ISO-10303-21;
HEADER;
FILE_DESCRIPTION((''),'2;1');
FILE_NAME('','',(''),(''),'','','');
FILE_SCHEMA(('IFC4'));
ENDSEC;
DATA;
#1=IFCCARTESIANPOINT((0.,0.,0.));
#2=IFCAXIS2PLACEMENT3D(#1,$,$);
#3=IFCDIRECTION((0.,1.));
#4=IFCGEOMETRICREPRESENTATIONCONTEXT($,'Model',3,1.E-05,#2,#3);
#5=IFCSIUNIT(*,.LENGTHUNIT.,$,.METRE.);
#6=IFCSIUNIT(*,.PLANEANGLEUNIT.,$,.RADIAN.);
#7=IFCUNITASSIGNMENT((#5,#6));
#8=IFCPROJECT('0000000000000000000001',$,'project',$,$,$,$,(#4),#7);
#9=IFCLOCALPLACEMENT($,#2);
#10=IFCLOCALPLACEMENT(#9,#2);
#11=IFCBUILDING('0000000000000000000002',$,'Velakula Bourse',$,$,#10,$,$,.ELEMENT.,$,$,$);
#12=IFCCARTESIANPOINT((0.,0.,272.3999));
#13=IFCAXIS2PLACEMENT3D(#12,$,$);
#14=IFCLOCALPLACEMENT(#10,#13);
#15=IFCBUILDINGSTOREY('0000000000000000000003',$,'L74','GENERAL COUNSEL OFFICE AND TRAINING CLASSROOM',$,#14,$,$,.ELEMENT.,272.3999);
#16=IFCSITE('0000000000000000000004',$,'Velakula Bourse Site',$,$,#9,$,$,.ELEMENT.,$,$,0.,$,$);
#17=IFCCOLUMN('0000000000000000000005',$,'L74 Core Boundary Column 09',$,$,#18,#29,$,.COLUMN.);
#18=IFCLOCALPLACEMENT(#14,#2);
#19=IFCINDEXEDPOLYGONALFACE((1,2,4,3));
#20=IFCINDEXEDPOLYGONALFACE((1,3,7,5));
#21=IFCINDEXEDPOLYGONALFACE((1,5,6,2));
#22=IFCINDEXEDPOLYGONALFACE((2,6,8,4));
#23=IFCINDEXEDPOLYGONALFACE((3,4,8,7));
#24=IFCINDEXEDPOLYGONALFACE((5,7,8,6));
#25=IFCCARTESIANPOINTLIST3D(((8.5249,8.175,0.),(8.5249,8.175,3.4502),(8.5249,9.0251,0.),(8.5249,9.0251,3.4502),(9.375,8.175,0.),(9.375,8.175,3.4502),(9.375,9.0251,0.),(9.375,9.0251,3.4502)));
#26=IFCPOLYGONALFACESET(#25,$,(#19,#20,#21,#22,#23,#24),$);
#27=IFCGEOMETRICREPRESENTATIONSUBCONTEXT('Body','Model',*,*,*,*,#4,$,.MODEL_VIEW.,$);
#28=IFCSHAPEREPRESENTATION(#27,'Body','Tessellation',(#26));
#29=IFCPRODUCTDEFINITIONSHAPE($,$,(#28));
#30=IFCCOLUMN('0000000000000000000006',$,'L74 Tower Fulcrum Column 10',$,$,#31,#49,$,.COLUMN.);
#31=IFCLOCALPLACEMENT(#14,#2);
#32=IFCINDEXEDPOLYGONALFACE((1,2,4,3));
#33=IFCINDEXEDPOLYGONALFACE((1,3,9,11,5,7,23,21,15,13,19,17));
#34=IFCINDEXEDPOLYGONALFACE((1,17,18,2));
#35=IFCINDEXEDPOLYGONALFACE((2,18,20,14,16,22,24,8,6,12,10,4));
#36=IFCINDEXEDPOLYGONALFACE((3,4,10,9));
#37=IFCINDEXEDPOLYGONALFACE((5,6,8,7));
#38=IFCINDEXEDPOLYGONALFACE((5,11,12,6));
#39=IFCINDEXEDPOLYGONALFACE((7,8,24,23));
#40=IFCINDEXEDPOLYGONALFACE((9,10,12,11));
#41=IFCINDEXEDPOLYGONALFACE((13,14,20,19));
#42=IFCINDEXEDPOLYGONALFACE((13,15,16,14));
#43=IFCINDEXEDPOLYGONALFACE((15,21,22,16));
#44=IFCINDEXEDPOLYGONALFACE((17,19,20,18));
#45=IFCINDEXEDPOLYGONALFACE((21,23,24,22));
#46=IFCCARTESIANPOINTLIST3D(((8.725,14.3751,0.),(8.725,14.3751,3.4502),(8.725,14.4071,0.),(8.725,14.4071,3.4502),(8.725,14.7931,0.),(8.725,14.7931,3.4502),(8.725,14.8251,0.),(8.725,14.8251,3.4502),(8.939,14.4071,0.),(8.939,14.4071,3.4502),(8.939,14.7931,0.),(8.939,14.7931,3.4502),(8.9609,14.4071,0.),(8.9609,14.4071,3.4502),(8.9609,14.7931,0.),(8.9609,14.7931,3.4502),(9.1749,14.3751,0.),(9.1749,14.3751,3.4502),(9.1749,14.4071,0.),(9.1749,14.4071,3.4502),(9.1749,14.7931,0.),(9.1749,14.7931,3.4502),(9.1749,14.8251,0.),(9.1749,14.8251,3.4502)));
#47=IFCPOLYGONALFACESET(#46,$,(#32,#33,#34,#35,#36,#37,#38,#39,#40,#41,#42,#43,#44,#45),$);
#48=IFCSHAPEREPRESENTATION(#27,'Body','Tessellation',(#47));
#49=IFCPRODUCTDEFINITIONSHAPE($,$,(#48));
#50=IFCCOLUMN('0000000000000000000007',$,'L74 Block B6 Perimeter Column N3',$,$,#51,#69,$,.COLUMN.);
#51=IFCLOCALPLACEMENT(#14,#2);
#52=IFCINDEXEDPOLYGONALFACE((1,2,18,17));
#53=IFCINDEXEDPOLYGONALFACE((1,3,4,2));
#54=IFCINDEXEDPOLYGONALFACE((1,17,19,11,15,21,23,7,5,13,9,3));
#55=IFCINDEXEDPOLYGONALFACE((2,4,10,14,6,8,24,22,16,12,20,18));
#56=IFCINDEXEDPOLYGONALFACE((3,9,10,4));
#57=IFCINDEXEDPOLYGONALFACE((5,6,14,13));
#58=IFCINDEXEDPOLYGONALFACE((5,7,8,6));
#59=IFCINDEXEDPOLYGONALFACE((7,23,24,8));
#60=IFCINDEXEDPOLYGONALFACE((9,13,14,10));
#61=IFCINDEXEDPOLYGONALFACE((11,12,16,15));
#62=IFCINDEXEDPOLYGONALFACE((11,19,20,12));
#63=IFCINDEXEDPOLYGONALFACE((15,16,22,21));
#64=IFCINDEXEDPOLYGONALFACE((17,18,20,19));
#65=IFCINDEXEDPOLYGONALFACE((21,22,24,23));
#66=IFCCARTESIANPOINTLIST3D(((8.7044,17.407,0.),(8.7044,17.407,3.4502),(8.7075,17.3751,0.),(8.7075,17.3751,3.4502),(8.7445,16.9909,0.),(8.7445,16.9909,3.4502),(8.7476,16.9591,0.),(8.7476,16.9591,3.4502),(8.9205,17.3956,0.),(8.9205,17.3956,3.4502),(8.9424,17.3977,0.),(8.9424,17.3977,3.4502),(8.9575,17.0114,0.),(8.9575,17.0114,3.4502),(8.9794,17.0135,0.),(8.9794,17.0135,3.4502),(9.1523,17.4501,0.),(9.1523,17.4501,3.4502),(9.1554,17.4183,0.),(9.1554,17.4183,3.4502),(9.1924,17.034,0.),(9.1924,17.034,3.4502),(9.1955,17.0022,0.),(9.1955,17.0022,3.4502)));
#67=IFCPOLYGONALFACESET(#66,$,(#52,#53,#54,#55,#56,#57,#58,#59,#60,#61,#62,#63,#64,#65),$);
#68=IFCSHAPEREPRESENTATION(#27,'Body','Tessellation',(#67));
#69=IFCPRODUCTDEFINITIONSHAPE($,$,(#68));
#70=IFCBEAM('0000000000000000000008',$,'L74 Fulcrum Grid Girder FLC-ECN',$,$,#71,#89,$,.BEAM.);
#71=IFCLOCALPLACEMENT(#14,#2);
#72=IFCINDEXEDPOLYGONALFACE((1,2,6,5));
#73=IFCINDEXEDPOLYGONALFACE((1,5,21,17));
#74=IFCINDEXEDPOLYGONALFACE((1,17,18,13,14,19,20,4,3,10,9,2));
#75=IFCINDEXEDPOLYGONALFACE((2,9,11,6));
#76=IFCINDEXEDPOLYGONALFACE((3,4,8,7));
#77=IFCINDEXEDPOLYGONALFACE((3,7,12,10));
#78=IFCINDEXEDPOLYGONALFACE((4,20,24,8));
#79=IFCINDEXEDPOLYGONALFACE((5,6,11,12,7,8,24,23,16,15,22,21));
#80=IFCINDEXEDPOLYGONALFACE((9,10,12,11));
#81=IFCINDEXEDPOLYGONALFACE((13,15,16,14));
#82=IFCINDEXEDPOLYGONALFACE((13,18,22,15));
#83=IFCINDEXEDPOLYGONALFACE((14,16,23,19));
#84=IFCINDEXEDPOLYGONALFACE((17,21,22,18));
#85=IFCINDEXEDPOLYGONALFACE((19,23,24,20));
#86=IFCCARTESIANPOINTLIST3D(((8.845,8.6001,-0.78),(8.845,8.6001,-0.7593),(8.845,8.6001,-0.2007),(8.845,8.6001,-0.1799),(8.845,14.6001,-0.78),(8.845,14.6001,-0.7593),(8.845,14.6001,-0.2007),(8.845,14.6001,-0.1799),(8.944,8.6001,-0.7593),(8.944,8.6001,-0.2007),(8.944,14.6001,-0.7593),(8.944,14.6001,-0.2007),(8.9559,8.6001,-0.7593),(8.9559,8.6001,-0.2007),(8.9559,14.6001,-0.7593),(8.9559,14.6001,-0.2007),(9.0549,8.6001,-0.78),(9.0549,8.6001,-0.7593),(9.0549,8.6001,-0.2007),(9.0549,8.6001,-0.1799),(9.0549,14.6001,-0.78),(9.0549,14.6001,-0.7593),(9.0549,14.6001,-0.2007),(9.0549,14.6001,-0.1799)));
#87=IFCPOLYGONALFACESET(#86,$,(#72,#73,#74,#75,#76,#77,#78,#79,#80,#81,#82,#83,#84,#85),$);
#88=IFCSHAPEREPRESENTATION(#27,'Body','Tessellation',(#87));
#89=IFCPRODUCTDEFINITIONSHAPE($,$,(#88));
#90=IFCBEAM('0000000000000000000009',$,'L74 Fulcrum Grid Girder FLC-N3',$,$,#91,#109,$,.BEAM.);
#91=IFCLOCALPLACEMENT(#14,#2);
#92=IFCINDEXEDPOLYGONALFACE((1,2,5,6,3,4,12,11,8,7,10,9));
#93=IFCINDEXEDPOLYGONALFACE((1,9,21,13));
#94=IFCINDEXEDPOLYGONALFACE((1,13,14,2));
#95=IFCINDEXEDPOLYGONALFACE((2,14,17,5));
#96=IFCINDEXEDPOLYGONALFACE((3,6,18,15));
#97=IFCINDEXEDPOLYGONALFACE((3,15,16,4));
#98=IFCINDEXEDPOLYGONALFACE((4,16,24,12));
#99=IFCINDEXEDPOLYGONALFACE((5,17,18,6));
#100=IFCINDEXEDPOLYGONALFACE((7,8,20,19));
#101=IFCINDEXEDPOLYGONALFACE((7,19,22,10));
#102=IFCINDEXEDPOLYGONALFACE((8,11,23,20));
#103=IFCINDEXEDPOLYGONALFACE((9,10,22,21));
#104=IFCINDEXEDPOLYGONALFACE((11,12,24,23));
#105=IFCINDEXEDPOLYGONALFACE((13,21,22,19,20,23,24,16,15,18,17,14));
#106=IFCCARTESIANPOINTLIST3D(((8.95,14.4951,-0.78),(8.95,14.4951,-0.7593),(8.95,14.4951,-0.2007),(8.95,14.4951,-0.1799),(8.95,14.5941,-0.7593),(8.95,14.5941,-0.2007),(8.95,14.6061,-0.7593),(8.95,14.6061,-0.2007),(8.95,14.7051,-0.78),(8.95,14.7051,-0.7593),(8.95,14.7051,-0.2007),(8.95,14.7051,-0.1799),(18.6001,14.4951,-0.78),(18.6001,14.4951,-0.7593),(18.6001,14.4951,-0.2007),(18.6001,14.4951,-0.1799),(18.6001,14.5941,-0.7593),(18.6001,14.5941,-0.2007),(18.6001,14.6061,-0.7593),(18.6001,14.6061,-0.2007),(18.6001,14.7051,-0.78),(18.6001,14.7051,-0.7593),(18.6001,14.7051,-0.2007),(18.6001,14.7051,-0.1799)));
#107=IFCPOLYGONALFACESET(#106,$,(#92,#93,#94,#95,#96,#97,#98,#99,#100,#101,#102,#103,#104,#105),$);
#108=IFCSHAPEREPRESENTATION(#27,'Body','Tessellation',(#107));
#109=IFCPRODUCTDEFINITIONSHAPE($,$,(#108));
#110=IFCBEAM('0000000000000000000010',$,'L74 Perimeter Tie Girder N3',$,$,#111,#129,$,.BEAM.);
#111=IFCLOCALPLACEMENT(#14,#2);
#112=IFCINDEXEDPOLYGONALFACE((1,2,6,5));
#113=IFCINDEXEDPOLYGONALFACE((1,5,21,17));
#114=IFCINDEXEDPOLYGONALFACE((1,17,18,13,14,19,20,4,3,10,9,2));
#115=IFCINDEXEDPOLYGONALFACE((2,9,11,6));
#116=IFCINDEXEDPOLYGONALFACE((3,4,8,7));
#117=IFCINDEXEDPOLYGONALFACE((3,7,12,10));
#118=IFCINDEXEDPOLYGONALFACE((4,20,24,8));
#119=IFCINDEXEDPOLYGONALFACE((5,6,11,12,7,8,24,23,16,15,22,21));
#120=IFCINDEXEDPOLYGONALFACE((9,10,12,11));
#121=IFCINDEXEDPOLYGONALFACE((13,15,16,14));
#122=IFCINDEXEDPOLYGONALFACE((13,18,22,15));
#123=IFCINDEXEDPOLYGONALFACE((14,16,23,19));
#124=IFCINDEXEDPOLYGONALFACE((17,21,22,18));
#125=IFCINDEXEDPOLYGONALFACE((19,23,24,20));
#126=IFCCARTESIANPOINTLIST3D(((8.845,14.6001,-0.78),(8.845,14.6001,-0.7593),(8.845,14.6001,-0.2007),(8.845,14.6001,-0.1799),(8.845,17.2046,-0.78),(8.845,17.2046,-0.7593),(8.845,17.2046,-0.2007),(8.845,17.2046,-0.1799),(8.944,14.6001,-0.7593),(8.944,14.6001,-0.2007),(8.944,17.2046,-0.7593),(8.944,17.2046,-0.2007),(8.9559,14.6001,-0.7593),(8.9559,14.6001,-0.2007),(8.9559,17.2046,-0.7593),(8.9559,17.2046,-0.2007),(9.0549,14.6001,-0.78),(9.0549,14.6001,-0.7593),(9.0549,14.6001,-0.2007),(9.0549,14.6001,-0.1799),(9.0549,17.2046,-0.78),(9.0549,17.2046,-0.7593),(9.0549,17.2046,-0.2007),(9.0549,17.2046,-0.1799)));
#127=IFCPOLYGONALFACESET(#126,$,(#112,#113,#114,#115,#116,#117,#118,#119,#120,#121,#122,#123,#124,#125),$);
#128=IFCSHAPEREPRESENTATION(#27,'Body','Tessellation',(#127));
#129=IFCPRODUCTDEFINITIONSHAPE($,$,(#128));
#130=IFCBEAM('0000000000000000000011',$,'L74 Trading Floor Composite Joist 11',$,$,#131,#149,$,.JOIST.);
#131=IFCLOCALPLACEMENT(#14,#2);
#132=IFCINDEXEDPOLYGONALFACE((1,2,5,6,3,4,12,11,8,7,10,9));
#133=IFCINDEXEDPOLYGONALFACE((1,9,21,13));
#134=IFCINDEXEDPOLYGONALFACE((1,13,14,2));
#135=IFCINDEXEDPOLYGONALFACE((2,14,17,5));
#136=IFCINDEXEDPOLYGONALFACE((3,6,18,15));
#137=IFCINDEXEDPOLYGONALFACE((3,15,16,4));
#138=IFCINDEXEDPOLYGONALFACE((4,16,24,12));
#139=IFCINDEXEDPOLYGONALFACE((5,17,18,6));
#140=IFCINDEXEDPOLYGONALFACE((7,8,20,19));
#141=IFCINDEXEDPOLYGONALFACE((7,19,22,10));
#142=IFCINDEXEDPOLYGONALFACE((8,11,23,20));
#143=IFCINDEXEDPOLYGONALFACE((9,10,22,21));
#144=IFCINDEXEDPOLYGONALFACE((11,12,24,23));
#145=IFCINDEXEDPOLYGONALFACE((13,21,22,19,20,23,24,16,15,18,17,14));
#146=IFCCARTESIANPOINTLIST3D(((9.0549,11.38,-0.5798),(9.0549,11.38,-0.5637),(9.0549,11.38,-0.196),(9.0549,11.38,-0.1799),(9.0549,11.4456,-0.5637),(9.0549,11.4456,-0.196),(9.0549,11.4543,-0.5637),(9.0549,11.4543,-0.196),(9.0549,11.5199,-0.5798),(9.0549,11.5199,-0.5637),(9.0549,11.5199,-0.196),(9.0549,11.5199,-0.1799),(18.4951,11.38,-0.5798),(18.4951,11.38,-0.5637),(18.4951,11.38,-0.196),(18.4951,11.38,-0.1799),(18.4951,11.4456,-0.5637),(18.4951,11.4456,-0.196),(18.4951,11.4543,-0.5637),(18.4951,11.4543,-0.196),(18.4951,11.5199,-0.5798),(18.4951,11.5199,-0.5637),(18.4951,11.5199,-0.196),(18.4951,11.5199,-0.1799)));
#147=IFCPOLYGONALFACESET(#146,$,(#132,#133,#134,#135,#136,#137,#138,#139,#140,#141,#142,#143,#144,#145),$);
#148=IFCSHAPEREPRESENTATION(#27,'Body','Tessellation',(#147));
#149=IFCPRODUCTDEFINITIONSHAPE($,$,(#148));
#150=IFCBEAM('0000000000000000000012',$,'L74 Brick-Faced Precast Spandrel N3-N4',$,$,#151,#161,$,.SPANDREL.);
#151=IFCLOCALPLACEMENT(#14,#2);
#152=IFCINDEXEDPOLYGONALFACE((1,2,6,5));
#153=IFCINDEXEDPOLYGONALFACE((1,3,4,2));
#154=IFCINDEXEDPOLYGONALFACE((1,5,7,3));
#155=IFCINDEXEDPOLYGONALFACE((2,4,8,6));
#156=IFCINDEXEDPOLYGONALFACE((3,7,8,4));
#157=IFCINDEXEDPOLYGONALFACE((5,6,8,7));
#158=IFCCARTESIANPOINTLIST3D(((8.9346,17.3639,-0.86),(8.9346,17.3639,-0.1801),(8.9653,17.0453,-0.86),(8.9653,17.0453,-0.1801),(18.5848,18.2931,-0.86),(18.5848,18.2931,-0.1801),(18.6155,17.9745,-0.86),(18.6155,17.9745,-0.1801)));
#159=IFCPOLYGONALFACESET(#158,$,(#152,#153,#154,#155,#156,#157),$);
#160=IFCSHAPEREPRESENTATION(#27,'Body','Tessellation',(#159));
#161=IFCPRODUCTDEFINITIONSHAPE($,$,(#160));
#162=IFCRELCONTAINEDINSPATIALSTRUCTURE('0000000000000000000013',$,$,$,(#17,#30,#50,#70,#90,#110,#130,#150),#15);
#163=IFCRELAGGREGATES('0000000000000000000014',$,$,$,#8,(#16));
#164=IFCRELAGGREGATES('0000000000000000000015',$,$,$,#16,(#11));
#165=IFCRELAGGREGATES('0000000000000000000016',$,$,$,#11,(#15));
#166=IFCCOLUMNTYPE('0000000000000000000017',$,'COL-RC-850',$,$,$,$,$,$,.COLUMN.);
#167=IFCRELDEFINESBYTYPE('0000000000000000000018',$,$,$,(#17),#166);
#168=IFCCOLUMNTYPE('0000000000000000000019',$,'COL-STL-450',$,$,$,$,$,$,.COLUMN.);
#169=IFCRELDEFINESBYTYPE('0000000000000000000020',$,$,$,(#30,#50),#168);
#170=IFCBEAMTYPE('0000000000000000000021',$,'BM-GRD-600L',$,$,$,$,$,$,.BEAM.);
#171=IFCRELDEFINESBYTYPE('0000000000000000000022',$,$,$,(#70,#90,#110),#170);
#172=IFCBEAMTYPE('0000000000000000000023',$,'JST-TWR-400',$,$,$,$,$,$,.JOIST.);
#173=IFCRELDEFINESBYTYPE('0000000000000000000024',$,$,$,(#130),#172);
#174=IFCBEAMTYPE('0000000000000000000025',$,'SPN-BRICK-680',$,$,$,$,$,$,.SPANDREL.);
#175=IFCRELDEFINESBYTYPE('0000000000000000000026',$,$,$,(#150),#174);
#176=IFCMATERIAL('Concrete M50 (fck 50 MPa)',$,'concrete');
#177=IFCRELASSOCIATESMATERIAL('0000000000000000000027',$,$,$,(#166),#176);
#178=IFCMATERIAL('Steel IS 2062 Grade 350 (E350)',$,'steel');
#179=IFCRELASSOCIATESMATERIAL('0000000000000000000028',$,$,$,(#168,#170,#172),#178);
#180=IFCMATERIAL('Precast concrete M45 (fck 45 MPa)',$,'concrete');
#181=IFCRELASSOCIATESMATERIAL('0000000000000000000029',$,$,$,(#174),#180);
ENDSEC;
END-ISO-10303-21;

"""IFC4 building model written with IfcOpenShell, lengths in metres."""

from ifc_helpers import new_model, si_unit, direction, frame, origin, origin_2d, place, context, subcontext, project, spatial, rectangle, i_section, extrude, material, material_profile, profile_set, type_object, element, save


model = new_model("IFC4")

# Units and contexts
model_context = context("Model", 3, precision=1e-05, world=origin(), true_north=direction((0.0, 1.0)))
body_context = subcontext(model_context, "Body", "Model", "MODEL_VIEW")
ifc_project = project(units=[si_unit("LENGTHUNIT", "METRE"), si_unit("PLANEANGLEUNIT", "RADIAN")], contexts=[model_context])

# Site, building, storey
site_placement = place(None, origin())
site = spatial("IfcSite", under=ifc_project, at=site_placement, Name="Velakula Bourse Site", CompositionType="ELEMENT", RefElevation=0.0)
building_placement = place(site_placement, origin())
building = spatial("IfcBuilding", under=site, at=building_placement, Name="Velakula Bourse", CompositionType="ELEMENT")
storey_placement = place(building_placement, frame((0.0, 0.0, 272.3999)))
storey = spatial("IfcBuildingStorey", under=building, at=storey_placement, Name="L74", Description="GENERAL COUNSEL OFFICE AND TRAINING CLASSROOM", CompositionType="ELEMENT", Elevation=272.3999)

# Columns
ifc_material_1 = material(Name="Concrete M50 (fck 50 MPa)", Category="concrete")
ifc_material_profile_1 = material_profile(ifc_material_1, rectangle(XDim=0.8501, YDim=0.8501, at=origin_2d()), Name="Concrete M50 (fck 50 MPa)")
ifc_profile_set_1 = profile_set([ifc_material_profile_1], Name="Concrete M50 (fck 50 MPa)")
column_type_1 = type_object("IfcColumnType", Name="COL-RC-850", PredefinedType="COLUMN", material=ifc_profile_set_1)
column_placement = place(storey_placement, frame((8.95, 8.6001, 0.0), z_axis=(0.0, 0.0, 1.0), x_axis=(1.0, 0.0, 0.0)))
element("IfcColumn", 1, at=column_placement, inside=storey, type_object=column_type_1, Name="L74 Core Boundary Column 09", PredefinedType="COLUMN", context=body_context, shape_type="SweptSolid", body=[
    extrude(rectangle(XDim=0.8501, YDim=0.8501, at=origin_2d()), origin(), (0.0, 0.0, 1.0), 3.4502),
])
ifc_material_2 = material(Name="Steel IS 2062 Grade 350 (E350)", Category="steel")
ifc_material_profile_2 = material_profile(ifc_material_2, i_section(OverallWidth=0.45, OverallDepth=0.45, WebThickness=0.022, FlangeThickness=0.032, at=origin_2d()), Name="Steel IS 2062 Grade 350 (E350)")
ifc_profile_set_2 = profile_set([ifc_material_profile_2], Name="Steel IS 2062 Grade 350 (E350)")
column_type_2 = type_object("IfcColumnType", Name="COL-STL-450", PredefinedType="COLUMN", material=ifc_profile_set_2)
for number, where, z_axis, x_axis, name in (
    (2, (8.95, 14.6001, 0.0), (0.0, 0.0, 1.0), (1.0, 0.0, 0.0), "L74 Tower Fulcrum Column 10"),
    (3, (8.95, 17.2046, 0.0), (0.0, 0.0, 1.0), (0.995396, 0.095846, 0.0), "L74 Block B6 Perimeter Column N3"),
):
    element("IfcColumn", number, at=place(storey_placement, frame(where, z_axis=z_axis, x_axis=x_axis)), inside=storey, type_object=column_type_2, Name=name, PredefinedType="COLUMN", context=body_context, shape_type="SweptSolid", body=[
        extrude(i_section(OverallWidth=0.45, OverallDepth=0.45, WebThickness=0.022, FlangeThickness=0.032, at=origin_2d()), origin(), (0.0, 0.0, 1.0), 3.4502),
    ])

# Beams
ifc_material_profile_3 = material_profile(ifc_material_2, i_section(OverallWidth=0.21, OverallDepth=0.6001, WebThickness=0.012, FlangeThickness=0.0208, at=origin_2d()), Name="Steel IS 2062 Grade 350 (E350)")
ifc_profile_set_3 = profile_set([ifc_material_profile_3], Name="Steel IS 2062 Grade 350 (E350)")
beam_type_1 = type_object("IfcBeamType", Name="BM-GRD-600L", PredefinedType="BEAM", material=ifc_profile_set_3)
beam_1_placement = place(storey_placement, frame((8.95, 8.6001, -0.48), z_axis=(0.0, 1.0, 0.0), x_axis=(-1.0, 0.0, 0.0)))
element("IfcBeam", 4, at=beam_1_placement, inside=storey, type_object=beam_type_1, Name="L74 Fulcrum Grid Girder FLC-ECN", PredefinedType="BEAM", context=body_context, shape_type="SweptSolid", body=[
    extrude(i_section(OverallWidth=0.21, OverallDepth=0.6001, WebThickness=0.012, FlangeThickness=0.0208, at=origin_2d()), origin(), (0.0, 0.0, 1.0), 6.0),
])
beam_2_placement = place(storey_placement, frame((8.95, 14.6001, -0.48), z_axis=(1.0, 0.0, 0.0), x_axis=(0.0, 1.0, 0.0)))
element("IfcBeam", 5, at=beam_2_placement, inside=storey, type_object=beam_type_1, Name="L74 Fulcrum Grid Girder FLC-N3", PredefinedType="BEAM", context=body_context, shape_type="SweptSolid", body=[
    extrude(i_section(OverallWidth=0.21, OverallDepth=0.6001, WebThickness=0.012, FlangeThickness=0.0208, at=origin_2d()), origin(), (0.0, 0.0, 1.0), 9.6501),
])
beam_3_placement = place(storey_placement, frame((8.95, 14.6001, -0.48), z_axis=(0.0, 1.0, 0.0), x_axis=(-1.0, 0.0, 0.0)))
element("IfcBeam", 6, at=beam_3_placement, inside=storey, type_object=beam_type_1, Name="L74 Perimeter Tie Girder N3", PredefinedType="BEAM", context=body_context, shape_type="SweptSolid", body=[
    extrude(i_section(OverallWidth=0.21, OverallDepth=0.6001, WebThickness=0.012, FlangeThickness=0.0208, at=origin_2d()), origin(), (0.0, 0.0, 1.0), 2.6045),
])
ifc_material_profile_4 = material_profile(ifc_material_2, i_section(OverallWidth=0.1399, OverallDepth=0.3999, WebThickness=0.0088, FlangeThickness=0.0161, at=origin_2d()), Name="Steel IS 2062 Grade 350 (E350)")
ifc_profile_set_4 = profile_set([ifc_material_profile_4], Name="Steel IS 2062 Grade 350 (E350)")
beam_type_2 = type_object("IfcBeamType", Name="JST-TWR-400", PredefinedType="JOIST", material=ifc_profile_set_4)
beam_4_placement = place(storey_placement, frame((9.0549, 11.45, -0.3799), z_axis=(1.0, 0.0, 0.0), x_axis=(0.0, 1.0, 0.0)))
element("IfcBeam", 7, at=beam_4_placement, inside=storey, type_object=beam_type_2, Name="L74 Trading Floor Composite Joist 11", PredefinedType="JOIST", context=body_context, shape_type="SweptSolid", body=[
    extrude(i_section(OverallWidth=0.1399, OverallDepth=0.3999, WebThickness=0.0088, FlangeThickness=0.0161, at=origin_2d()), origin(), (0.0, 0.0, 1.0), 9.4402),
])
ifc_material_3 = material(Name="Precast concrete M45 (fck 45 MPa)", Category="concrete")
ifc_material_profile_5 = material_profile(ifc_material_3, rectangle(XDim=0.3201, YDim=0.6799, at=origin_2d()), Name="Precast concrete M45 (fck 45 MPa)")
ifc_profile_set_5 = profile_set([ifc_material_profile_5], Name="Precast concrete M45 (fck 45 MPa)")
beam_type_3 = type_object("IfcBeamType", Name="SPN-BRICK-680", PredefinedType="SPANDREL", material=ifc_profile_set_5)
beam_5_placement = place(storey_placement, frame((8.95, 17.2046, -0.52), z_axis=(0.995396, 0.095845, 0.0), x_axis=(-0.095845, 0.995396, 0.0)))
element("IfcBeam", 8, at=beam_5_placement, inside=storey, type_object=beam_type_3, Name="L74 Brick-Faced Precast Spandrel N3-N4", PredefinedType="SPANDREL", context=body_context, shape_type="SweptSolid", body=[
    extrude(rectangle(XDim=0.3201, YDim=0.6799, at=origin_2d()), origin(), (0.0, 0.0, 1.0), 9.6948),
])

save(model, "model.ifc")
